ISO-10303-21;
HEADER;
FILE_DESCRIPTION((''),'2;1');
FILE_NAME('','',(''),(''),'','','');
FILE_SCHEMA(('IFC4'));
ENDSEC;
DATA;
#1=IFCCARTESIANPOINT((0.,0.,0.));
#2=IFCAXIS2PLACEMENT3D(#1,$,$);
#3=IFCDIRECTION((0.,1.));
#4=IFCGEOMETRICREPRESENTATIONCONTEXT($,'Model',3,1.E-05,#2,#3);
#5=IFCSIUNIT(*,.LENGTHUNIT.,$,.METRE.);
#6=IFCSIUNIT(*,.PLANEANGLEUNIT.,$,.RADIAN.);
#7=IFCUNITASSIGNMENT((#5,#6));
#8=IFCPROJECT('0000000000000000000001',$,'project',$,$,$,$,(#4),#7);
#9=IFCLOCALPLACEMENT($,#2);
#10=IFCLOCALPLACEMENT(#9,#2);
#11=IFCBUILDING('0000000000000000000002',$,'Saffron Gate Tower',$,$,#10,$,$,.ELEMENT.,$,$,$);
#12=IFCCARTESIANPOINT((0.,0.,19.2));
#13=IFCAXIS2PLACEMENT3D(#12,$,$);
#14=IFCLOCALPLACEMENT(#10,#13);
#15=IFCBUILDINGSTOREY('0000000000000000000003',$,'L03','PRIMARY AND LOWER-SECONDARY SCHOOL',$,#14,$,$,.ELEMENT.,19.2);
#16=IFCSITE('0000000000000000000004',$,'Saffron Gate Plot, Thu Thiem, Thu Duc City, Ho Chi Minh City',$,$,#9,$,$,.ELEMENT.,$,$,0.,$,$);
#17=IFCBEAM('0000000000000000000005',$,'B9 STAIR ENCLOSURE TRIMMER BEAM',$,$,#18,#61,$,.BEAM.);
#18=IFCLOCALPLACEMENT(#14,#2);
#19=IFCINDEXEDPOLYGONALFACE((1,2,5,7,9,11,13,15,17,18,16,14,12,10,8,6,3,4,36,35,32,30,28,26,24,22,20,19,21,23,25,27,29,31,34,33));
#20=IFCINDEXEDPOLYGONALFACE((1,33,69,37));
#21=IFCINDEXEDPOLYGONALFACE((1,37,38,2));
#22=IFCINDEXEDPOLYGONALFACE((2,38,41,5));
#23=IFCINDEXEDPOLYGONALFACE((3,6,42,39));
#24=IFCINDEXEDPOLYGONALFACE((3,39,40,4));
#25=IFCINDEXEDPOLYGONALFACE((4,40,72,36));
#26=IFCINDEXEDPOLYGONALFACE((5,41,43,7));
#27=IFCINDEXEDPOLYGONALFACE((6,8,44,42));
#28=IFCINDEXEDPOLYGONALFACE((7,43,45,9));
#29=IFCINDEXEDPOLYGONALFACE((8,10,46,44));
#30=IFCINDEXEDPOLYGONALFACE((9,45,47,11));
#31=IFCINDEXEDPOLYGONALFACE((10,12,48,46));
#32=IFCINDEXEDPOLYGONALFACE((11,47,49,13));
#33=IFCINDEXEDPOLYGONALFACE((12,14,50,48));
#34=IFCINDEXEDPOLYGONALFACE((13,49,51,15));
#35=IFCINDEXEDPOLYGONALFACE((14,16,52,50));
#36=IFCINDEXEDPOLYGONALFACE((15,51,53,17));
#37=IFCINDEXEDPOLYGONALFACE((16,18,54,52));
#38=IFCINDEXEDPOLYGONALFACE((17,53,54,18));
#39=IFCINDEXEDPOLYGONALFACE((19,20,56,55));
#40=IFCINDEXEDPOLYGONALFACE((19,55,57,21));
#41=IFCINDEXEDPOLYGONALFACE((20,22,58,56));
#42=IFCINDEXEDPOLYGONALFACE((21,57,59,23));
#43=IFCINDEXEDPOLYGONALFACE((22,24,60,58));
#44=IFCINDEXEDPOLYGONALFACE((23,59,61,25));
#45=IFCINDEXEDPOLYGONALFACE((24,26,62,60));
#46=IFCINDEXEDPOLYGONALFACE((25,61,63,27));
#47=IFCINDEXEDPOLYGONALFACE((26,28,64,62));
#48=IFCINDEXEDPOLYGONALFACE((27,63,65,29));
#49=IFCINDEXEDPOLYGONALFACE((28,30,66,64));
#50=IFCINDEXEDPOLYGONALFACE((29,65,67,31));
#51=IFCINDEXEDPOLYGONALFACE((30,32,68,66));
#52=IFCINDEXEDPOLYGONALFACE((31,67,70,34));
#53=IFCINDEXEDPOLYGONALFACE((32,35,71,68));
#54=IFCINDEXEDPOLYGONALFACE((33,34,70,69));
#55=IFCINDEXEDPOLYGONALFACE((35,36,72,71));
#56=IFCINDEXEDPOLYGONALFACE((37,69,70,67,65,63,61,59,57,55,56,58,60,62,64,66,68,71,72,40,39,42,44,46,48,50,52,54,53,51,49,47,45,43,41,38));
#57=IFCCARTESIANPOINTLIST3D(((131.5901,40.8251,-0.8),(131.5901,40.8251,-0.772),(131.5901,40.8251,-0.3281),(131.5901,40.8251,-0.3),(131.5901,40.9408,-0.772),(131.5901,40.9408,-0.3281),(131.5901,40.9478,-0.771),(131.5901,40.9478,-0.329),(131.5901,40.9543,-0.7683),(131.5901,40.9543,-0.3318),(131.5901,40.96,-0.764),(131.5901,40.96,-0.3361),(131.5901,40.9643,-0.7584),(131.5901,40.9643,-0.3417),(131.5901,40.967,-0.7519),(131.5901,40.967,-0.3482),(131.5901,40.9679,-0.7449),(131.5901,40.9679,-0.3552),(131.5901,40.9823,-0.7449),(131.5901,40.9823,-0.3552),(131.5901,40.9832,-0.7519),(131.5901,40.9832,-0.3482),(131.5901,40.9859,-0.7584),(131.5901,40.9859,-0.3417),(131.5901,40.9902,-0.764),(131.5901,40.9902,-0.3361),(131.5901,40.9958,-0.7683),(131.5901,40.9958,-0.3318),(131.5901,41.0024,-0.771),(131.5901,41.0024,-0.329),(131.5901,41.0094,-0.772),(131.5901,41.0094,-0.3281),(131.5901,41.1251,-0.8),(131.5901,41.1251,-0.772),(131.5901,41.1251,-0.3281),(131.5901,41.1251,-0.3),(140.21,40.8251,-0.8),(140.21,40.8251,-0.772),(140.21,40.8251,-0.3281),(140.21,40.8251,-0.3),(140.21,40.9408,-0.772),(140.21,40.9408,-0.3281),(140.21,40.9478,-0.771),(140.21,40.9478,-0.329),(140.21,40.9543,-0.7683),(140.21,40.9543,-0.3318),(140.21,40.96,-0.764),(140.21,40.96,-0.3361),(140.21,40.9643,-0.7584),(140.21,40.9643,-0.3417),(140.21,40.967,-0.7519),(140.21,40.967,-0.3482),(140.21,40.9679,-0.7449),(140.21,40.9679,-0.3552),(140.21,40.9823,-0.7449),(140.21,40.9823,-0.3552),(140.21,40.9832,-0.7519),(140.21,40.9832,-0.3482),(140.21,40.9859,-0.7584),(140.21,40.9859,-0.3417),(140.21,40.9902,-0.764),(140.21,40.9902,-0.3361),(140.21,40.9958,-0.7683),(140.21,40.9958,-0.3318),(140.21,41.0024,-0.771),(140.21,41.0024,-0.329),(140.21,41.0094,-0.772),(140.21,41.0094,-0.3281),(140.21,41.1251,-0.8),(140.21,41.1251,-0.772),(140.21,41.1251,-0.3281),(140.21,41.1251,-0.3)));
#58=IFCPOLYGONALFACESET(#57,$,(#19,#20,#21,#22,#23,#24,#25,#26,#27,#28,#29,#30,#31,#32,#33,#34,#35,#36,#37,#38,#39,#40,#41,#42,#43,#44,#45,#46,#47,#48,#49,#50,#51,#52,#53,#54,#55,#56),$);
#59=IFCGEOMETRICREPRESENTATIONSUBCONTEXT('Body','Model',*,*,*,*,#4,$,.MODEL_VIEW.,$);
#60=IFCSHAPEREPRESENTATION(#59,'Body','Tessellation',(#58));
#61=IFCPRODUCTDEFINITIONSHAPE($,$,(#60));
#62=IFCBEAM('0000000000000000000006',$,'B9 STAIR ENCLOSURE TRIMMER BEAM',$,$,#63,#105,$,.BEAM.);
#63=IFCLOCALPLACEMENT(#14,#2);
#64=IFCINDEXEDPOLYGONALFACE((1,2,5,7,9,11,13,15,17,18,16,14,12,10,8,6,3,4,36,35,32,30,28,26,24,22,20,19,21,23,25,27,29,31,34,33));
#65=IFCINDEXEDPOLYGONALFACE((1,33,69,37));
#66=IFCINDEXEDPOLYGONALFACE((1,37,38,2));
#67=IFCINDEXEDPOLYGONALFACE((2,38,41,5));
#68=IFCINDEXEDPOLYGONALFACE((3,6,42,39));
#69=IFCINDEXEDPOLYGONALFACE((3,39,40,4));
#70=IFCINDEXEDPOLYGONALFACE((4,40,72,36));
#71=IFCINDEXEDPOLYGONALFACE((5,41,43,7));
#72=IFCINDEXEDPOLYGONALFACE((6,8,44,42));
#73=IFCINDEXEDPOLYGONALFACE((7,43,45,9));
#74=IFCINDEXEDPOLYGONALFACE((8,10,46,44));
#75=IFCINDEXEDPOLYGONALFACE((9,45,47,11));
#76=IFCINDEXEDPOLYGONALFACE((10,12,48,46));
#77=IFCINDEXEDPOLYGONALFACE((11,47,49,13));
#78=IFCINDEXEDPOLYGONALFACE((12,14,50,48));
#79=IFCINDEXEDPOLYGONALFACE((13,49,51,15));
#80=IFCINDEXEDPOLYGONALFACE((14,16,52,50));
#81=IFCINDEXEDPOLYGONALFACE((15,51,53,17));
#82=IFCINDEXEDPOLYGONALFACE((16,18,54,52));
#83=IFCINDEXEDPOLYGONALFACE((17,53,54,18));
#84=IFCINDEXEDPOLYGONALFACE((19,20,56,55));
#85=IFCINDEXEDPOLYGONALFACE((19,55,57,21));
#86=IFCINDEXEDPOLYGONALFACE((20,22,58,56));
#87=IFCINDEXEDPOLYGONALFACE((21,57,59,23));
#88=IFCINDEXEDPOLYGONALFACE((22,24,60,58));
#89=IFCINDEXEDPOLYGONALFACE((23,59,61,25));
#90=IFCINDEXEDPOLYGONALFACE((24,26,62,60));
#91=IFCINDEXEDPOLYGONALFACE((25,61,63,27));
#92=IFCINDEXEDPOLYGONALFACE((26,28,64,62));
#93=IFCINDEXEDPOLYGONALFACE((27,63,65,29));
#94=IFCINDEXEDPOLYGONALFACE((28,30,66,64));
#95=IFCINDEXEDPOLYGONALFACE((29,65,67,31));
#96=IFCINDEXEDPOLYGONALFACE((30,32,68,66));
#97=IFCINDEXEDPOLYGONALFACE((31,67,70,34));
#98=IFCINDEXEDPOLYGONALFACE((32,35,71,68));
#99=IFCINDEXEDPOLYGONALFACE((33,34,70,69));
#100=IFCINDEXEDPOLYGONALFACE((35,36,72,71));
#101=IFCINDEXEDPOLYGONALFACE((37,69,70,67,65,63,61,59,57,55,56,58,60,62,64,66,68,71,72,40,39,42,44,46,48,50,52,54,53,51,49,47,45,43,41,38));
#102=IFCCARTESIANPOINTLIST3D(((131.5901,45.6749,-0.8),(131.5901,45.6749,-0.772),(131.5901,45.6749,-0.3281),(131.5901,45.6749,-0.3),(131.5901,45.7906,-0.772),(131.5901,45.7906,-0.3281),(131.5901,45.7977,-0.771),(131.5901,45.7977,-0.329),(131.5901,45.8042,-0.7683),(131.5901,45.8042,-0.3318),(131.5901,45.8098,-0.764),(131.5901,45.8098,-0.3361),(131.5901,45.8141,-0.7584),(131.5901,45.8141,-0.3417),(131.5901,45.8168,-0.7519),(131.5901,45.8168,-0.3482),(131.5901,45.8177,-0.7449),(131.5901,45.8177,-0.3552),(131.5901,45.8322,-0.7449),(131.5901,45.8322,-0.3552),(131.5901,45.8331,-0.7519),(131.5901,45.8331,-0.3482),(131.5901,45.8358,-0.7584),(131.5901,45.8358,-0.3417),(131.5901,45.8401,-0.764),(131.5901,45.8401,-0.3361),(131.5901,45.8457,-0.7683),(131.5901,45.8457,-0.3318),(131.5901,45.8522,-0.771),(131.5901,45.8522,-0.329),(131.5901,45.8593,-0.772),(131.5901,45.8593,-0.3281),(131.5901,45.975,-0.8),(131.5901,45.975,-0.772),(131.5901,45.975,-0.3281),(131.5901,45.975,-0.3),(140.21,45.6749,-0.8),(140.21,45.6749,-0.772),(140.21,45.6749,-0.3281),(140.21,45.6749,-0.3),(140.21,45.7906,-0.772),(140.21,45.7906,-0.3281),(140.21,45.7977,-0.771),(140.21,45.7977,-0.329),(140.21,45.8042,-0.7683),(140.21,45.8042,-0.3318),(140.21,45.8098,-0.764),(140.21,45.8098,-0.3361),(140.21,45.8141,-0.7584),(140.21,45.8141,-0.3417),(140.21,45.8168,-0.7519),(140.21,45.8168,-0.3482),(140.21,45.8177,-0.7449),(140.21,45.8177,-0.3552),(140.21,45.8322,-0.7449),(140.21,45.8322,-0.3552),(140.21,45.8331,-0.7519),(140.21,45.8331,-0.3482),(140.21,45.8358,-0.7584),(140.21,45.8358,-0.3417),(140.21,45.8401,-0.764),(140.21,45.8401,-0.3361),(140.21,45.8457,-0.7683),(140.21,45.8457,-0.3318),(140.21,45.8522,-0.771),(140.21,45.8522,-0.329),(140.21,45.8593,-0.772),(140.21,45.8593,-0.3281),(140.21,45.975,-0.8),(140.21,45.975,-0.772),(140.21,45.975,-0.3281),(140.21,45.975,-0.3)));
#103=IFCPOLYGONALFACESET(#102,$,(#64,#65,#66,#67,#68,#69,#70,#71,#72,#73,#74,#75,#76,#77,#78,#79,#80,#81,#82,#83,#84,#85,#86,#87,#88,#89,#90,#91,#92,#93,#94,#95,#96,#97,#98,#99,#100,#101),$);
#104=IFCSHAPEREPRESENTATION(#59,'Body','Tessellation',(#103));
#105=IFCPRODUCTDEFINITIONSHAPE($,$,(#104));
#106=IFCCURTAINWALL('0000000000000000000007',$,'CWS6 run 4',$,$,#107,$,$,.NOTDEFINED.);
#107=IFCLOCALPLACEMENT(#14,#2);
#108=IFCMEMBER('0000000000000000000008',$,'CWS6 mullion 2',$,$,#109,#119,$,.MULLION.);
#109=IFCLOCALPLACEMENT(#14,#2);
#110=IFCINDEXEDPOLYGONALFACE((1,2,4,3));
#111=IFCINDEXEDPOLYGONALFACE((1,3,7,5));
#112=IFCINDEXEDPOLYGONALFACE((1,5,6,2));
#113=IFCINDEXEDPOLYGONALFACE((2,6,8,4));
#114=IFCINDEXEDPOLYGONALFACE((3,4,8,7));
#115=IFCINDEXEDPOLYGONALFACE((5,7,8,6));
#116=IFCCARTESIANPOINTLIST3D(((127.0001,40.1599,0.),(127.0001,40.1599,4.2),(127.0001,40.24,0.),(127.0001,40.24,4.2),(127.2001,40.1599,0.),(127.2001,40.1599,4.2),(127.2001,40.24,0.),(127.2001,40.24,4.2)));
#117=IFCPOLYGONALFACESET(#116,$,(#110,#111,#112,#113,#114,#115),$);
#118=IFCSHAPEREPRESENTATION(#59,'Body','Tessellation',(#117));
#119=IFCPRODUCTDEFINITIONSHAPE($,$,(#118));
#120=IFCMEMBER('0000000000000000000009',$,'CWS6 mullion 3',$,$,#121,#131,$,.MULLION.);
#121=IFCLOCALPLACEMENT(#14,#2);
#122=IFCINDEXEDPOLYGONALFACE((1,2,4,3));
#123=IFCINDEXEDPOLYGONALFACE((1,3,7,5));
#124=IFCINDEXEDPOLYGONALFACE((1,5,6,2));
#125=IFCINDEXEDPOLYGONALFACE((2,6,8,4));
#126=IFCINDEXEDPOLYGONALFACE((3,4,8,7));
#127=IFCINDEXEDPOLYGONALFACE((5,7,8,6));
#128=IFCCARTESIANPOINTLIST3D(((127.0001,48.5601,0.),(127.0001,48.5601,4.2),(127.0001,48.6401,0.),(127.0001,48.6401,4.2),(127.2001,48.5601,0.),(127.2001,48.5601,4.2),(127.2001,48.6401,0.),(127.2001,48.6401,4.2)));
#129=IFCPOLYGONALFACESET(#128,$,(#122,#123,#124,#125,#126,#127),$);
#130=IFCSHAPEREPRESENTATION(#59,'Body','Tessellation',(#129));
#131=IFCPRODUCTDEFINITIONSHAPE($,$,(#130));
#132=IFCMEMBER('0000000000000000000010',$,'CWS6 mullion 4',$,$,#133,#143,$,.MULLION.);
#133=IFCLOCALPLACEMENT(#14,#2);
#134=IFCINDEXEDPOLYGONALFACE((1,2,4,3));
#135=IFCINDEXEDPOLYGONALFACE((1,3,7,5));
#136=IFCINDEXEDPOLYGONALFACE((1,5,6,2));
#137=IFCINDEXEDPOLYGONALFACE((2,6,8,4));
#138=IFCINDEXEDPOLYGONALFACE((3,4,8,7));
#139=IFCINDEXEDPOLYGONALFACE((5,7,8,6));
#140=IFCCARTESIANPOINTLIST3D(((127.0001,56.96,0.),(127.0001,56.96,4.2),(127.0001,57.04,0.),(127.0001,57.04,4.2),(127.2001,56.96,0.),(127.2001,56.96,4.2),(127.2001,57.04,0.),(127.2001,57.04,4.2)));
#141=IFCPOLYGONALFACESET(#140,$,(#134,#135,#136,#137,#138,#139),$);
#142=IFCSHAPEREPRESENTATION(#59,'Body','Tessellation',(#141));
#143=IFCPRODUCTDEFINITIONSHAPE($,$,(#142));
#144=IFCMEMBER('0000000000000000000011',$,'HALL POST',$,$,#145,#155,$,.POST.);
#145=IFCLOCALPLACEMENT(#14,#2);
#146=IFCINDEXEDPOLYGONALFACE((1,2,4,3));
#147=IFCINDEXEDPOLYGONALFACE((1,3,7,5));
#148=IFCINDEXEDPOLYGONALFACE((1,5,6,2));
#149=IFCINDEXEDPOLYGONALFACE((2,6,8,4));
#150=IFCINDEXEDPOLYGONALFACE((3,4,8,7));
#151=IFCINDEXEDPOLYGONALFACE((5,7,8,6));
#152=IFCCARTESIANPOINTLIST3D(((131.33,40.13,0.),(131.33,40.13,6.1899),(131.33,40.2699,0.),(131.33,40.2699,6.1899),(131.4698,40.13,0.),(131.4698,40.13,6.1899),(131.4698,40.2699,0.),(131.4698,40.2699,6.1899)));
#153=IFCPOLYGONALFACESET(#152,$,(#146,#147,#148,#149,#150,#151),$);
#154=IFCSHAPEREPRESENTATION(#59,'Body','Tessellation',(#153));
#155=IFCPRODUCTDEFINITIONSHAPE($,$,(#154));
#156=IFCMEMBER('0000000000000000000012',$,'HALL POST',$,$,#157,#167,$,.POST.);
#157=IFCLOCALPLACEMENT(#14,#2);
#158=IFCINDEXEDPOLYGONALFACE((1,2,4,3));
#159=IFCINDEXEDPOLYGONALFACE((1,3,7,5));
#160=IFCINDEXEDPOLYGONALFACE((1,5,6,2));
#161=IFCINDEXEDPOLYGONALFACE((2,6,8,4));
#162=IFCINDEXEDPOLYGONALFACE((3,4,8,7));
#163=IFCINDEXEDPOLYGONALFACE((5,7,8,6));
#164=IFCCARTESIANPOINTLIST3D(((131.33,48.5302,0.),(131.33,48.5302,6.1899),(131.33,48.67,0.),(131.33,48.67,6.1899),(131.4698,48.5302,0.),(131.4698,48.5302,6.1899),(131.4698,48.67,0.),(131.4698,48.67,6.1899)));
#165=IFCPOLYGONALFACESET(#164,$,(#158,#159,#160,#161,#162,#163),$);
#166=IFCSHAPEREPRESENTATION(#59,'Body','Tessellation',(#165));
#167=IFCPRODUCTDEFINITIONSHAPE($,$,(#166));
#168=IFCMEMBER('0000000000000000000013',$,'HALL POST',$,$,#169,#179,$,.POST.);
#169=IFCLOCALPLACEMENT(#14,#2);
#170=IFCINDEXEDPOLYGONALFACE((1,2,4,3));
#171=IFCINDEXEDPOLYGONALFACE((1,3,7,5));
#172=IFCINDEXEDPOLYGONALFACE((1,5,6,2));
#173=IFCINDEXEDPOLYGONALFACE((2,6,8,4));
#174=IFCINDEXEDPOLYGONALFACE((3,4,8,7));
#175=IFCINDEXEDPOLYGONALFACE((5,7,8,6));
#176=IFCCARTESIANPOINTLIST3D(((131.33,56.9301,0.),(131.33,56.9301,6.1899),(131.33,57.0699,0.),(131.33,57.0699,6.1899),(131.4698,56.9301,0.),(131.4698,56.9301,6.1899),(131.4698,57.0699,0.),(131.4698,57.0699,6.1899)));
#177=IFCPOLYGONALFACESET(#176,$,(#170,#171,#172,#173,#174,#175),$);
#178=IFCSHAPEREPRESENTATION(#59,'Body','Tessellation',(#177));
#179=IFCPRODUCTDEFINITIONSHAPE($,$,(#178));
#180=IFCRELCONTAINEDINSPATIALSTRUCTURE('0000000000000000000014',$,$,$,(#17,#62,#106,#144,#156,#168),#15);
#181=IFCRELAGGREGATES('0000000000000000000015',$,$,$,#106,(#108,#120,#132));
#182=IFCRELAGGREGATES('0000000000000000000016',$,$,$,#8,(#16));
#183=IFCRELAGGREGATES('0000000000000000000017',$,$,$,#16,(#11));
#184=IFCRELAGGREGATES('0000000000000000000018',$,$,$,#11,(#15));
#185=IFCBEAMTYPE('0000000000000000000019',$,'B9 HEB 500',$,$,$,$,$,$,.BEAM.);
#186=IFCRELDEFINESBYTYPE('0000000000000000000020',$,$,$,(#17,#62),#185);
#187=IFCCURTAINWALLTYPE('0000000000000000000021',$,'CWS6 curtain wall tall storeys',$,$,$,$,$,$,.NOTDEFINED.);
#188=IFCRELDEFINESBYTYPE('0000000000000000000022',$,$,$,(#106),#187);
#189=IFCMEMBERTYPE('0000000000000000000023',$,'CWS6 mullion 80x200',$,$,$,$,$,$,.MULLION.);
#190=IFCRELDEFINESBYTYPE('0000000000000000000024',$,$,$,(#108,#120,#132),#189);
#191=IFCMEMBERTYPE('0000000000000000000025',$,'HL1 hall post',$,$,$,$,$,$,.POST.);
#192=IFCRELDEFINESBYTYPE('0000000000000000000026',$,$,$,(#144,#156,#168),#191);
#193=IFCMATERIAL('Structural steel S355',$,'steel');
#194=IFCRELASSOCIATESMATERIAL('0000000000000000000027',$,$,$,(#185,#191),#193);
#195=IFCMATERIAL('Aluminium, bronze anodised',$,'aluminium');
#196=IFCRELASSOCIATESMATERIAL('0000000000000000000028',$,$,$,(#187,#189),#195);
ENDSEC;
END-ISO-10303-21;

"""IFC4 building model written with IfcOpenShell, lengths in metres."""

from ifc_helpers import new_model, si_unit, direction, frame, origin, origin_2d, place, context, subcontext, project, spatial, rectangle, i_section, extrude, material, material_profile, profile_set, type_object, element, aggregate, save


model = new_model("IFC4")

# Units and contexts
model_context = context("Model", 3, precision=1e-05, world=origin(), true_north=direction((0.0, 1.0)))
body_context = subcontext(model_context, "Body", "Model", "MODEL_VIEW")
ifc_project = project(units=[si_unit("LENGTHUNIT", "METRE"), si_unit("PLANEANGLEUNIT", "RADIAN")], contexts=[model_context])

# Site, building, storey
site_placement = place(None, origin())
site = spatial("IfcSite", under=ifc_project, at=site_placement, Name="Saffron Gate Plot, Thu Thiem, Thu Duc City, Ho Chi Minh City", CompositionType="ELEMENT", RefElevation=0.0)
building_placement = place(site_placement, origin())
building = spatial("IfcBuilding", under=site, at=building_placement, Name="Saffron Gate Tower", CompositionType="ELEMENT")
storey_placement = place(building_placement, frame((0.0, 0.0, 19.2)))
storey = spatial("IfcBuildingStorey", under=building, at=storey_placement, Name="L03", Description="PRIMARY AND LOWER-SECONDARY SCHOOL", CompositionType="ELEMENT", Elevation=19.2)

# Beams
ifc_material_1 = material(Name="Structural steel S355", Category="steel")
ifc_material_profile_1 = material_profile(ifc_material_1, i_section(OverallWidth=0.3, OverallDepth=0.5, WebThickness=0.0144, FlangeThickness=0.0281, FilletRadius=0.0271, at=origin_2d()))
ifc_profile_set_1 = profile_set([ifc_material_profile_1], Name="Structural steel S355")
beam_type_1 = type_object("IfcBeamType", Name="B9 HEB 500", PredefinedType="BEAM", material=ifc_profile_set_1)
for number, where, z_axis, x_axis, name in (
    (1, (131.5901, 40.9751, -0.55), (1.0, 0.0, 0.0), (0.0, 1.0, 0.0), "B9 STAIR ENCLOSURE TRIMMER BEAM"),
    (2, (131.5901, 45.825, -0.55), (1.0, 0.0, 0.0), (0.0, 1.0, 0.0), "B9 STAIR ENCLOSURE TRIMMER BEAM"),
):
    element("IfcBeam", number, at=place(storey_placement, frame(where, z_axis=z_axis, x_axis=x_axis)), inside=storey, type_object=beam_type_1, Name=name, PredefinedType="BEAM", context=body_context, shape_type="SweptSolid", body=[
        extrude(i_section(OverallWidth=0.3, OverallDepth=0.5, WebThickness=0.0144, FlangeThickness=0.0281, FilletRadius=0.0271, at=origin_2d()), origin(), (0.0, 0.0, 1.0), 8.6199),
    ])

# Curtain wall, members
ifc_material_2 = material(Name="Aluminium, bronze anodised", Category="aluminium")
curtain_wall_type = type_object("IfcCurtainWallType", Name="CWS6 curtain wall tall storeys", PredefinedType="NOTDEFINED", material=ifc_material_2)
curtain_wall_placement = place(storey_placement, origin())
curtain_wall = element("IfcCurtainWall", 3, at=curtain_wall_placement, inside=storey, type_object=curtain_wall_type, Name="CWS6 run 4", PredefinedType="NOTDEFINED")
ifc_material_profile_2 = material_profile(ifc_material_2, rectangle(XDim=0.2, YDim=0.0801, at=origin_2d()))
ifc_profile_set_2 = profile_set([ifc_material_profile_2], Name="Aluminium, bronze anodised")
member_type_1 = type_object("IfcMemberType", Name="CWS6 mullion 80x200", PredefinedType="MULLION", material=ifc_profile_set_2)
member_1_placement = place(storey_placement, frame((127.1001, 40.2, 0.0), z_axis=(0.0, 0.0, 1.0), x_axis=(-1.0, 0.0, 0.0)))
member_1 = element("IfcMember", 4, at=member_1_placement, type_object=member_type_1, Name="CWS6 mullion 2", PredefinedType="MULLION", context=body_context, shape_type="SweptSolid", body=[
    extrude(rectangle(XDim=0.2, YDim=0.0801, at=origin_2d()), origin(), (0.0, 0.0, 1.0), 4.2),
])
member_2_placement = place(storey_placement, frame((127.1001, 48.6001, 0.0), z_axis=(0.0, 0.0, 1.0), x_axis=(-1.0, 0.0, 0.0)))
member_2 = element("IfcMember", 5, at=member_2_placement, type_object=member_type_1, Name="CWS6 mullion 3", PredefinedType="MULLION", context=body_context, shape_type="SweptSolid", body=[
    extrude(rectangle(XDim=0.2, YDim=0.0801, at=origin_2d()), origin(), (0.0, 0.0, 1.0), 4.2),
])
member_3_placement = place(storey_placement, frame((127.1001, 57.0, 0.0), z_axis=(0.0, 0.0, 1.0), x_axis=(-1.0, 0.0, 0.0)))
member_3 = element("IfcMember", 6, at=member_3_placement, type_object=member_type_1, Name="CWS6 mullion 4", PredefinedType="MULLION", context=body_context, shape_type="SweptSolid", body=[
    extrude(rectangle(XDim=0.2, YDim=0.0801, at=origin_2d()), origin(), (0.0, 0.0, 1.0), 4.2),
])

# Members
ifc_material_profile_3 = material_profile(ifc_material_1, rectangle(XDim=0.1399, YDim=0.1399, at=origin_2d()))
ifc_profile_set_3 = profile_set([ifc_material_profile_3], Name="Structural steel S355")
member_type_2 = type_object("IfcMemberType", Name="HL1 hall post", PredefinedType="POST", material=ifc_profile_set_3)
for number, where, z_axis, x_axis, name in (
    (7, (131.3999, 40.2, 0.0), (0.0, 0.0, 1.0), (1.0, 0.0, 0.0), "HALL POST"),
    (8, (131.3999, 48.6001, 0.0), (0.0, 0.0, 1.0), (1.0, 0.0, 0.0), "HALL POST"),
    (9, (131.3999, 57.0, 0.0), (0.0, 0.0, 1.0), (1.0, 0.0, 0.0), "HALL POST"),
):
    element("IfcMember", number, at=place(storey_placement, frame(where, z_axis=z_axis, x_axis=x_axis)), inside=storey, type_object=member_type_2, Name=name, PredefinedType="POST", context=body_context, shape_type="SweptSolid", body=[
        extrude(rectangle(XDim=0.1399, YDim=0.1399, at=origin_2d()), origin(), (0.0, 0.0, 1.0), 6.1899),
    ])

aggregate(curtain_wall, [member_1, member_2, member_3])

save(model, "model.ifc")
